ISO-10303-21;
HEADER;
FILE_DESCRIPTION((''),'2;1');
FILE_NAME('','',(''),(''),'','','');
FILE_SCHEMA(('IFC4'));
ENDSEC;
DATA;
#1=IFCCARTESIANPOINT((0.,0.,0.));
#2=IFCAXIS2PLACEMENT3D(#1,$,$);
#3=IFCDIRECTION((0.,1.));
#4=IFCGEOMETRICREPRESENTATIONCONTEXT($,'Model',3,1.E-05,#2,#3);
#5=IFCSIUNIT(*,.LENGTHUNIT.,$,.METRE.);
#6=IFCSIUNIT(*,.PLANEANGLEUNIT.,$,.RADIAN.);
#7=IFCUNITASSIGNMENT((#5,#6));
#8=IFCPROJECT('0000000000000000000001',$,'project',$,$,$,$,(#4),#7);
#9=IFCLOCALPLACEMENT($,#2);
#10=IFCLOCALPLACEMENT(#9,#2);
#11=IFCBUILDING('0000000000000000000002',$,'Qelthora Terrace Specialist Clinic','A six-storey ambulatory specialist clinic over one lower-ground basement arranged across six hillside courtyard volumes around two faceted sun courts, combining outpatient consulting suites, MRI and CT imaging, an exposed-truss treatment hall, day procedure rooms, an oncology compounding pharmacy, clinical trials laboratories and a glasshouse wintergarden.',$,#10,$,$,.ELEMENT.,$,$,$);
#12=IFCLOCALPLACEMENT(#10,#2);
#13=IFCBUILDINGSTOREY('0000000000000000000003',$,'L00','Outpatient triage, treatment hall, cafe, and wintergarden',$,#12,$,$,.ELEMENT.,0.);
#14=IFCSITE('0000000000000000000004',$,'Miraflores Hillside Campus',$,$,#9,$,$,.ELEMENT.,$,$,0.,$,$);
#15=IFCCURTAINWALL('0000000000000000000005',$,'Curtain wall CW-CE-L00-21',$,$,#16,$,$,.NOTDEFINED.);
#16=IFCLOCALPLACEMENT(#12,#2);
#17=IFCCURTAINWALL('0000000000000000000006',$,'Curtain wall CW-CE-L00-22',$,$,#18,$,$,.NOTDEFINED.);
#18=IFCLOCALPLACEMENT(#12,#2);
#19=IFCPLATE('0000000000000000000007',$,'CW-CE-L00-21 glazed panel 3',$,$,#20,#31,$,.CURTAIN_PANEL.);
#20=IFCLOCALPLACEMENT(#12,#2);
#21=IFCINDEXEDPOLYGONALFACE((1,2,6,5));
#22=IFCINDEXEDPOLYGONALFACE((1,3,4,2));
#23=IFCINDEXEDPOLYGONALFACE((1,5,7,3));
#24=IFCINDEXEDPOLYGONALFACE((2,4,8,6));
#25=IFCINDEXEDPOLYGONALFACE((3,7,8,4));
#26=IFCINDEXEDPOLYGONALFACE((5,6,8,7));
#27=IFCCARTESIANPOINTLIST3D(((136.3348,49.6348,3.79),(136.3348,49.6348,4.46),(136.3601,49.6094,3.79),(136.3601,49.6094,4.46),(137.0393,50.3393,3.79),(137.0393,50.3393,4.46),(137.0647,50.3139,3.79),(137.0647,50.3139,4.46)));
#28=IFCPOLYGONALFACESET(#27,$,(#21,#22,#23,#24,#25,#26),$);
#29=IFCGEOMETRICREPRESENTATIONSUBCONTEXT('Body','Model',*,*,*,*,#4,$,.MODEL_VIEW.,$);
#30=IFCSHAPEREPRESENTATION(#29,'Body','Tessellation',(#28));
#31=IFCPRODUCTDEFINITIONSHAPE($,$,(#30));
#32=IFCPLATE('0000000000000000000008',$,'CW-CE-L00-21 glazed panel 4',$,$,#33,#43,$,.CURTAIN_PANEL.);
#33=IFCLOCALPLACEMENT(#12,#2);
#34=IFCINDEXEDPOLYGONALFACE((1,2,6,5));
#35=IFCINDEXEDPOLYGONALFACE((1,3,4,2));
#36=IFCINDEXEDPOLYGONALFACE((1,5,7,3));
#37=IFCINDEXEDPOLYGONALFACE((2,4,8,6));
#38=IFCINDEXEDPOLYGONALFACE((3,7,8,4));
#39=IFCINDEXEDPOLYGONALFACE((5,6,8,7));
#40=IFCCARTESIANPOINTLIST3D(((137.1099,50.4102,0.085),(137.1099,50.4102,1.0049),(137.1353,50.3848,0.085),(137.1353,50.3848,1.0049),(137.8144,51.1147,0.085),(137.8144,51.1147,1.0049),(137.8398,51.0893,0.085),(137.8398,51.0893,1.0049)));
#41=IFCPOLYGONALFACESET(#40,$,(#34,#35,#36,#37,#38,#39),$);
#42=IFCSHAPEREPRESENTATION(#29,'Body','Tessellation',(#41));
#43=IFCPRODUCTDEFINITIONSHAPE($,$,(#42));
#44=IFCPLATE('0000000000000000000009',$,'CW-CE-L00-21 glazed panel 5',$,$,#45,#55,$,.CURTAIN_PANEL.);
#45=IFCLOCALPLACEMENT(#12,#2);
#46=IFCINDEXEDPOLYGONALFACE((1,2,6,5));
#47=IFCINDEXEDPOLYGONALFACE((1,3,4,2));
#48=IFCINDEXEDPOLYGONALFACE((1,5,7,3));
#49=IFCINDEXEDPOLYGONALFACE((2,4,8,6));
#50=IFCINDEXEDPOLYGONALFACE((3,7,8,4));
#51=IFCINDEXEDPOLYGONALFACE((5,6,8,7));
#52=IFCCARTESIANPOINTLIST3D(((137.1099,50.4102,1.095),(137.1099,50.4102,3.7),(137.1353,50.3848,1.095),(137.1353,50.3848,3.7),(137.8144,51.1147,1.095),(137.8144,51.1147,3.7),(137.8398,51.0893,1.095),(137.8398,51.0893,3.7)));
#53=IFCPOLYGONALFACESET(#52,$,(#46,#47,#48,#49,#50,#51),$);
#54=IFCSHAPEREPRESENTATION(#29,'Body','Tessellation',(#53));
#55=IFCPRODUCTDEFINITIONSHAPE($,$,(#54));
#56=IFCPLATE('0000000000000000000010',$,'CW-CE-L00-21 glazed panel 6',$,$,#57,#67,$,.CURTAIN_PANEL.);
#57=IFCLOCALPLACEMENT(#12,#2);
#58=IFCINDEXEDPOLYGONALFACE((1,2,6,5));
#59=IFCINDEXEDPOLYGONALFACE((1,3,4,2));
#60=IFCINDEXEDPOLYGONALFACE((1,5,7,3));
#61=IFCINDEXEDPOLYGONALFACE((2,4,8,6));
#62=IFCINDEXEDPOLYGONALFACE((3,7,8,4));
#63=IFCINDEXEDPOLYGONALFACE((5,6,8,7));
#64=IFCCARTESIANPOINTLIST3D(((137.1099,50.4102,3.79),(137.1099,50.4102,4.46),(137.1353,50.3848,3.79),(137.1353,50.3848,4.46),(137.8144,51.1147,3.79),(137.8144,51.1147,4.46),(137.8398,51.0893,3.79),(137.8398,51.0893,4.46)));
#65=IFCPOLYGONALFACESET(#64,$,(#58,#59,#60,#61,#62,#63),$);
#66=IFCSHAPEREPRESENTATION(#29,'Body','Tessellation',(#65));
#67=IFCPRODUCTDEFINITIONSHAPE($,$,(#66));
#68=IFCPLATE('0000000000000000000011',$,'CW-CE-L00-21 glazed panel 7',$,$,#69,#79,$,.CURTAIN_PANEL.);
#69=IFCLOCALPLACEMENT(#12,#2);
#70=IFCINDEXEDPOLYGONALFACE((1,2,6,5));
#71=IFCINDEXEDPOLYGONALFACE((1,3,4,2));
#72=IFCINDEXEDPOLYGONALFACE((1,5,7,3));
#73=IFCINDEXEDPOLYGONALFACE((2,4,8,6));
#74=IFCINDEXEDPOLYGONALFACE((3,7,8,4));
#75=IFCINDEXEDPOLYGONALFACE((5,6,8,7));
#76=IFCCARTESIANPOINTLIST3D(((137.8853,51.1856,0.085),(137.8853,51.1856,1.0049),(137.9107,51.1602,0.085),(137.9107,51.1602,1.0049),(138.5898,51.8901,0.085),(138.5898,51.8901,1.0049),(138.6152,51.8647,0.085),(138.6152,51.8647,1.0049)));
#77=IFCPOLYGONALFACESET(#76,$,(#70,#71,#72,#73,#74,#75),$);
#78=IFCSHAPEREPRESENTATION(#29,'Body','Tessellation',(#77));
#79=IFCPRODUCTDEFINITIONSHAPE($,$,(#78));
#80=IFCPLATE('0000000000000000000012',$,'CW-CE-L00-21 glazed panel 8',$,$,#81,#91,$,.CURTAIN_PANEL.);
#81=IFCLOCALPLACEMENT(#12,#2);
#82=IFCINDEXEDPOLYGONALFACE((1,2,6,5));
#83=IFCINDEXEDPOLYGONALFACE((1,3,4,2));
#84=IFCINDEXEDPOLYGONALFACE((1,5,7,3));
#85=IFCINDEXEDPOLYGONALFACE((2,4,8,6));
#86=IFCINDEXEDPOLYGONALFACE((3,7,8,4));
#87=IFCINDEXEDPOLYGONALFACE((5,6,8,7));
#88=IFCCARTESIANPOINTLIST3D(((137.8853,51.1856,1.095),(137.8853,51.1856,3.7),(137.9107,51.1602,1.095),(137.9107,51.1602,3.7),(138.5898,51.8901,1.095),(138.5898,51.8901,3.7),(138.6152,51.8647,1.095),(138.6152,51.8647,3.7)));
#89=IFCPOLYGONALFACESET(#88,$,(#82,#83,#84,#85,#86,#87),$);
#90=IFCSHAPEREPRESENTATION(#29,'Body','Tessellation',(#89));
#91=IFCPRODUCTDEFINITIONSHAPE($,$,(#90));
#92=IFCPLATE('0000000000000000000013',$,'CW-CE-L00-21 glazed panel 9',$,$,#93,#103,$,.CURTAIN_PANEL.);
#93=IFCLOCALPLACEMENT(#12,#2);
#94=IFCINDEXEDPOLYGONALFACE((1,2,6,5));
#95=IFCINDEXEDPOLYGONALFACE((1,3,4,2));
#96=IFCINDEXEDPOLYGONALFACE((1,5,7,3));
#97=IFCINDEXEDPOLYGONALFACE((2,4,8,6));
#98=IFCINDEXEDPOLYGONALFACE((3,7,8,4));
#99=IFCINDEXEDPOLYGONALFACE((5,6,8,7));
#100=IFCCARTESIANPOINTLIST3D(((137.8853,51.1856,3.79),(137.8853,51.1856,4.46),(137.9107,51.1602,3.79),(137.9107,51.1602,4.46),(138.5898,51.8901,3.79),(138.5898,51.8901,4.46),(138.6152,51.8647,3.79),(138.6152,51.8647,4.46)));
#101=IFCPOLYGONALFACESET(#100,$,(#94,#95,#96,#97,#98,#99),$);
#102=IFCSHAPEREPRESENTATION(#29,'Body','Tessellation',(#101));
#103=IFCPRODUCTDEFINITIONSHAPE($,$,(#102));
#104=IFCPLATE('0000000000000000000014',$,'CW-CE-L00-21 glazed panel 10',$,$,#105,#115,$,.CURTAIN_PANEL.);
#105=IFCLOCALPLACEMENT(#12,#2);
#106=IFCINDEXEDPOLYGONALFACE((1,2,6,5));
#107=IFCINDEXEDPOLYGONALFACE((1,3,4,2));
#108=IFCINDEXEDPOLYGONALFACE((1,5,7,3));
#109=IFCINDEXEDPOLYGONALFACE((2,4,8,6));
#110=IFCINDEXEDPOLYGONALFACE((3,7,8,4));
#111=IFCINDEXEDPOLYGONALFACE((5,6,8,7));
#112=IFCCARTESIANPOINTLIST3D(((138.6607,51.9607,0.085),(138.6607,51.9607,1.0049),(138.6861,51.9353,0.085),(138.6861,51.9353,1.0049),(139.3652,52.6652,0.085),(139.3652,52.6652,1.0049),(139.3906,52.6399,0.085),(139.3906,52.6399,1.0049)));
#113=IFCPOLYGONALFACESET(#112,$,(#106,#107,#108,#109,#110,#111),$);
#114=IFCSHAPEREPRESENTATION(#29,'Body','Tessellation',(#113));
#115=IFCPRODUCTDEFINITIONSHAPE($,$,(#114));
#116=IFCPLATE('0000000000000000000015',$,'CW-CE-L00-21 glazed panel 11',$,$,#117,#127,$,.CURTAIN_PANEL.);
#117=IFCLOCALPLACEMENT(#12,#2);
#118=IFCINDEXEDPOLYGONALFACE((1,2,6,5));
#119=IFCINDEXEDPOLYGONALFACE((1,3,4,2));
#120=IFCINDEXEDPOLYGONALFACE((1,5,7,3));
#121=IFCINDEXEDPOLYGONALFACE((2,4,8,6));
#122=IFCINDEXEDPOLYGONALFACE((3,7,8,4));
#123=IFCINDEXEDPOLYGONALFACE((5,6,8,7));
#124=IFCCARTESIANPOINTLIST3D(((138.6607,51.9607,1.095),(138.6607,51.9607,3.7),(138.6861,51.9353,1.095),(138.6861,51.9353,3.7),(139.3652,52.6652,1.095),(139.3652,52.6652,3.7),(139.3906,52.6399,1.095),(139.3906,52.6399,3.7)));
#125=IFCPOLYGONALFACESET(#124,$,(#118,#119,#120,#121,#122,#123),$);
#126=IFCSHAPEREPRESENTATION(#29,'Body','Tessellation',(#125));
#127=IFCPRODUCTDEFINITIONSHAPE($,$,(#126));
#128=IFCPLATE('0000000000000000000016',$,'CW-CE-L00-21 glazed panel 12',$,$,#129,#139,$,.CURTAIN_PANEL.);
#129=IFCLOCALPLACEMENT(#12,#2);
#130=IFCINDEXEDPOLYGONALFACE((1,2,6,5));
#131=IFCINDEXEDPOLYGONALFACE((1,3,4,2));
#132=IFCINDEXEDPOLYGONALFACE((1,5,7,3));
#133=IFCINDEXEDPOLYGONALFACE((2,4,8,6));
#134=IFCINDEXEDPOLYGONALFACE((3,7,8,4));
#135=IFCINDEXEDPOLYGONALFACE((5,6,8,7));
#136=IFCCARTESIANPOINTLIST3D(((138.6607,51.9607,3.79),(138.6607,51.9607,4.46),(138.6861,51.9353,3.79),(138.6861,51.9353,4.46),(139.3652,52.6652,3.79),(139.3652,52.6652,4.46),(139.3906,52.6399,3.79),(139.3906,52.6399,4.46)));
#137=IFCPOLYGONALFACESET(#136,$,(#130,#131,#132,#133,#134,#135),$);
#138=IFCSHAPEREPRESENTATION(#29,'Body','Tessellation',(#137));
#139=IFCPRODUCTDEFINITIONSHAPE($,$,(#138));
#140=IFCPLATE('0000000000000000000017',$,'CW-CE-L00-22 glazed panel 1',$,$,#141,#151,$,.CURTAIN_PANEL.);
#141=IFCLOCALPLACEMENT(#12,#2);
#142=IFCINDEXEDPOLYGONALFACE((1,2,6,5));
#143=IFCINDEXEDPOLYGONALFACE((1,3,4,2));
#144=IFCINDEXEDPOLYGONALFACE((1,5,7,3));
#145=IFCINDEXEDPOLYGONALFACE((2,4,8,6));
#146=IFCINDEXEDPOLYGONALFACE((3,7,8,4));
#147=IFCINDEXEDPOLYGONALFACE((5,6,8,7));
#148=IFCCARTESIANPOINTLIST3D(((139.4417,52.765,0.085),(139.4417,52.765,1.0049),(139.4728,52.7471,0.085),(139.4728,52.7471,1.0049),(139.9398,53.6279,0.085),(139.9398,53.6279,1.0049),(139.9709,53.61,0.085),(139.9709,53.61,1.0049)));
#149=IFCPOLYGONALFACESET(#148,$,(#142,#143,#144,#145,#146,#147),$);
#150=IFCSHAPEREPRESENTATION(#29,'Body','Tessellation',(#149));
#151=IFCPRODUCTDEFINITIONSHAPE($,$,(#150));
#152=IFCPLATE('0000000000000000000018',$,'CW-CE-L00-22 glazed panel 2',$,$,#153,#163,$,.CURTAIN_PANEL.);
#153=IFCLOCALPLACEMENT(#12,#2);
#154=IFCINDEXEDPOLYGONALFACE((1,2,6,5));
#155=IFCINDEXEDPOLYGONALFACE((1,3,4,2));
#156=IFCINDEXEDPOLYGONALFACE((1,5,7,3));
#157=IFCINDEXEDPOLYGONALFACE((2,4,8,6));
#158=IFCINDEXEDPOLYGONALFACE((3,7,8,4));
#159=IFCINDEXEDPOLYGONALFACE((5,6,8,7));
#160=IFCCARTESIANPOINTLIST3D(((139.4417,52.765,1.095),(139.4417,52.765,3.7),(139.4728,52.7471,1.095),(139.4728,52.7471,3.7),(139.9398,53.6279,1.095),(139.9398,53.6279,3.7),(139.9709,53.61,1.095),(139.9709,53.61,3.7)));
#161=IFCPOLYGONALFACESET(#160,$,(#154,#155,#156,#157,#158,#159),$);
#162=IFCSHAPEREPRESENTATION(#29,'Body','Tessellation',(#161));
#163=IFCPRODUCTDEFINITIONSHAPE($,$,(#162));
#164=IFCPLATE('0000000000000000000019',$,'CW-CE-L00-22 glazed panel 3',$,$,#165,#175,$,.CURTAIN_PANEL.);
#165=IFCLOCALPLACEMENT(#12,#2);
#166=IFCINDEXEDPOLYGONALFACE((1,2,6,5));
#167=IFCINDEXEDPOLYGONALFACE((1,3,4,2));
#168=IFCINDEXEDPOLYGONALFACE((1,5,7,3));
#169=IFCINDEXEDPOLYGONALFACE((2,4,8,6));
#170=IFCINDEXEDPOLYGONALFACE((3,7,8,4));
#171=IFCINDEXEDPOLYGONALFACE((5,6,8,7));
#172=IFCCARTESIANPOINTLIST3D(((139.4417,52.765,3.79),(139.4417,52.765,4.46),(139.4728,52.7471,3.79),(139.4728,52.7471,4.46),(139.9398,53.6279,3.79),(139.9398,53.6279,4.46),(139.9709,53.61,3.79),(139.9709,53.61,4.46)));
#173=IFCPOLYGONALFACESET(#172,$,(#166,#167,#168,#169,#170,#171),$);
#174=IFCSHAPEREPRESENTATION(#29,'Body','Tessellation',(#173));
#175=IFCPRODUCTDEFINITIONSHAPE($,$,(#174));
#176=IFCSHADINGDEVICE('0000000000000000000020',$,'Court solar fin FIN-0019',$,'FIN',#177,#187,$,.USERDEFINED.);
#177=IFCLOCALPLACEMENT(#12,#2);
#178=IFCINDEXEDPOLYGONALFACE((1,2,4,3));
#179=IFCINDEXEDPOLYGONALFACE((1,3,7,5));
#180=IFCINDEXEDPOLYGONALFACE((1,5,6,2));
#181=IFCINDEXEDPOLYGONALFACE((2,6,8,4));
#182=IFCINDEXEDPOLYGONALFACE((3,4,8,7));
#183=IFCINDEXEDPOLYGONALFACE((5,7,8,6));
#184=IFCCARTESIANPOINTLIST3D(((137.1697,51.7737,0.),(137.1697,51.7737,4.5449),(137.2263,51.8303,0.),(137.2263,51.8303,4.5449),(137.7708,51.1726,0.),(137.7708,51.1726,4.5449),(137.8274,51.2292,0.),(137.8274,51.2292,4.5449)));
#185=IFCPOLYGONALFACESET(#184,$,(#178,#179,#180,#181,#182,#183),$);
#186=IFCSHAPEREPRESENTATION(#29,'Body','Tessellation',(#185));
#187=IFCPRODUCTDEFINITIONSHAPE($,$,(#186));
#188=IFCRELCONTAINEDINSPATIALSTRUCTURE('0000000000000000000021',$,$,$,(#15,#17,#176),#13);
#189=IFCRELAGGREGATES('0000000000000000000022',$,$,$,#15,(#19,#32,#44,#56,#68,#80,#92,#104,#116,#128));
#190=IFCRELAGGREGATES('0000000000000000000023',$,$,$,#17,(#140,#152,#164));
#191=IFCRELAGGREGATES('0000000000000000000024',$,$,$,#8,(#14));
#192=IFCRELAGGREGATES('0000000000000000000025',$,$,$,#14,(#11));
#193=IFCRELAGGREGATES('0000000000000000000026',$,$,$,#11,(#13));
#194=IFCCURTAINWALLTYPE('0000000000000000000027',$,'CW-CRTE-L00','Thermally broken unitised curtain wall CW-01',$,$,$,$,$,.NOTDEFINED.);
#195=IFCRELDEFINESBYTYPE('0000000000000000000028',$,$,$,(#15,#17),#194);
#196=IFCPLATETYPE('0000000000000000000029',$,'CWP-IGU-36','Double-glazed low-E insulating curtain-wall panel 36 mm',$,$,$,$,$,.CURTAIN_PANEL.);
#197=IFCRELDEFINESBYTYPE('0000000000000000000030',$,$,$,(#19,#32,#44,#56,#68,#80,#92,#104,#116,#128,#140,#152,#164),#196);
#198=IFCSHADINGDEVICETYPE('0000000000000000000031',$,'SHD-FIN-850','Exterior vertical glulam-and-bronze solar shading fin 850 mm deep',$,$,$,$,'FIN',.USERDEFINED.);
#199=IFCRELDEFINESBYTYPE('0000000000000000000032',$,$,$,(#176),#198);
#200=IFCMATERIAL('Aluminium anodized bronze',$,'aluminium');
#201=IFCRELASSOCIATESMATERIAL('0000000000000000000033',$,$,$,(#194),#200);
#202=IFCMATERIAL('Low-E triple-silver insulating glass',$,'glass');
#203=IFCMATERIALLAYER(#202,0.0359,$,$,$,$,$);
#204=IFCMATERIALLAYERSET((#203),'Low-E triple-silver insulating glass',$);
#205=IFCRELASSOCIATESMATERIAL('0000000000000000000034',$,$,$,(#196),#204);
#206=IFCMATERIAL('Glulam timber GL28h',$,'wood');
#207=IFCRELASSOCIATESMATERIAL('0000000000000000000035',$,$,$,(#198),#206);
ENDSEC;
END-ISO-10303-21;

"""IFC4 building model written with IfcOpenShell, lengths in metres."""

from ifc_helpers import new_model, si_unit, direction, frame, origin, origin_2d, place, context, subcontext, project, spatial, rectangle, extrude, material, layer, layer_set, type_object, element, aggregate, save


model = new_model("IFC4")

# Units and contexts
model_context = context("Model", 3, precision=1e-05, world=origin(), true_north=direction((0.0, 1.0)))
body_context = subcontext(model_context, "Body", "Model", "MODEL_VIEW")
ifc_project = project(units=[si_unit("LENGTHUNIT", "METRE"), si_unit("PLANEANGLEUNIT", "RADIAN")], contexts=[model_context])

# Site, building, storey
site_placement = place(None, origin())
site = spatial("IfcSite", under=ifc_project, at=site_placement, Name="Miraflores Hillside Campus", CompositionType="ELEMENT", RefElevation=0.0)
building_placement = place(site_placement, origin())
building = spatial("IfcBuilding", under=site, at=building_placement, Name="Qelthora Terrace Specialist Clinic", Description="A six-storey ambulatory specialist clinic over one lower-ground basement arranged across six hillside courtyard volumes around two faceted sun courts, combining outpatient consulting suites, MRI and CT imaging, an exposed-truss treatment hall, day procedure rooms, an oncology compounding pharmacy, clinical trials laboratories and a glasshouse wintergarden.", CompositionType="ELEMENT")
storey_placement = place(building_placement, origin())
storey = spatial("IfcBuildingStorey", under=building, at=storey_placement, Name="L00", Description="Outpatient triage, treatment hall, cafe, and wintergarden", CompositionType="ELEMENT", Elevation=0.0)

# Curtain walls
ifc_material_1 = material(Name="Aluminium anodized bronze", Category="aluminium")
curtain_wall_type = type_object("IfcCurtainWallType", Name="CW-CRTE-L00", Description="Thermally broken unitised curtain wall CW-01", PredefinedType="NOTDEFINED", material=ifc_material_1)
curtain_wall_1_placement = place(storey_placement, origin())
curtain_wall_1 = element("IfcCurtainWall", 1, at=curtain_wall_1_placement, inside=storey, type_object=curtain_wall_type, Name="Curtain wall CW-CE-L00-21", PredefinedType="NOTDEFINED")
curtain_wall_2_placement = place(storey_placement, origin())
curtain_wall_2 = element("IfcCurtainWall", 2, at=curtain_wall_2_placement, inside=storey, type_object=curtain_wall_type, Name="Curtain wall CW-CE-L00-22", PredefinedType="NOTDEFINED")

# Plates
ifc_material_2 = material(Name="Low-E triple-silver insulating glass", Category="glass")
ifc_layer = layer(ifc_material_2, 0.0359)
ifc_layer_set = layer_set([ifc_layer], Name="Low-E triple-silver insulating glass")
plate_type = type_object("IfcPlateType", Name="CWP-IGU-36", Description="Double-glazed low-E insulating curtain-wall panel 36 mm", PredefinedType="CURTAIN_PANEL", material=ifc_layer_set)
plate_1_placement = place(storey_placement, frame((136.6997, 49.9744, 3.79), z_axis=(0.0, 0.0, 1.0), x_axis=(0.707107, 0.707107, 0.0)))
plate_1 = element("IfcPlate", 3, at=plate_1_placement, type_object=plate_type, Name="CW-CE-L00-21 glazed panel 3", PredefinedType="CURTAIN_PANEL", context=body_context, shape_type="SweptSolid", body=[
    extrude(rectangle(XDim=0.9963, YDim=0.0359, at=origin_2d()), origin(), (0.0, 0.0, 1.0), 0.6699),
])
plate_2_placement = place(storey_placement, frame((137.4749, 50.7498, 0.085), z_axis=(0.0, 0.0, 1.0), x_axis=(0.707107, 0.707107, 0.0)))
plate_2 = element("IfcPlate", 4, at=plate_2_placement, type_object=plate_type, Name="CW-CE-L00-21 glazed panel 4", PredefinedType="CURTAIN_PANEL", context=body_context, shape_type="SweptSolid", body=[
    extrude(rectangle(XDim=0.9963, YDim=0.0359, at=origin_2d()), origin(), (0.0, 0.0, 1.0), 0.9199),
])
plate_3_placement = place(storey_placement, frame((137.4749, 50.7498, 1.095), z_axis=(0.0, 0.0, 1.0), x_axis=(0.707107, 0.707107, 0.0)))
plate_3 = element("IfcPlate", 5, at=plate_3_placement, type_object=plate_type, Name="CW-CE-L00-21 glazed panel 5", PredefinedType="CURTAIN_PANEL", context=body_context, shape_type="SweptSolid", body=[
    extrude(rectangle(XDim=0.9963, YDim=0.0359, at=origin_2d()), origin(), (0.0, 0.0, 1.0), 2.605),
])
plate_4_placement = place(storey_placement, frame((137.4749, 50.7498, 3.79), z_axis=(0.0, 0.0, 1.0), x_axis=(0.707107, 0.707107, 0.0)))
plate_4 = element("IfcPlate", 6, at=plate_4_placement, type_object=plate_type, Name="CW-CE-L00-21 glazed panel 6", PredefinedType="CURTAIN_PANEL", context=body_context, shape_type="SweptSolid", body=[
    extrude(rectangle(XDim=0.9963, YDim=0.0359, at=origin_2d()), origin(), (0.0, 0.0, 1.0), 0.6699),
])
plate_5_placement = place(storey_placement, frame((138.2502, 51.5251, 0.085), z_axis=(0.0, 0.0, 1.0), x_axis=(0.707107, 0.707107, 0.0)))
plate_5 = element("IfcPlate", 7, at=plate_5_placement, type_object=plate_type, Name="CW-CE-L00-21 glazed panel 7", PredefinedType="CURTAIN_PANEL", context=body_context, shape_type="SweptSolid", body=[
    extrude(rectangle(XDim=0.9963, YDim=0.0359, at=origin_2d()), origin(), (0.0, 0.0, 1.0), 0.9199),
])
plate_6_placement = place(storey_placement, frame((138.2502, 51.5251, 1.095), z_axis=(0.0, 0.0, 1.0), x_axis=(0.707107, 0.707107, 0.0)))
plate_6 = element("IfcPlate", 8, at=plate_6_placement, type_object=plate_type, Name="CW-CE-L00-21 glazed panel 8", PredefinedType="CURTAIN_PANEL", context=body_context, shape_type="SweptSolid", body=[
    extrude(rectangle(XDim=0.9963, YDim=0.0359, at=origin_2d()), origin(), (0.0, 0.0, 1.0), 2.605),
])
plate_7_placement = place(storey_placement, frame((138.2502, 51.5251, 3.79), z_axis=(0.0, 0.0, 1.0), x_axis=(0.707107, 0.707107, 0.0)))
plate_7 = element("IfcPlate", 9, at=plate_7_placement, type_object=plate_type, Name="CW-CE-L00-21 glazed panel 9", PredefinedType="CURTAIN_PANEL", context=body_context, shape_type="SweptSolid", body=[
    extrude(rectangle(XDim=0.9963, YDim=0.0359, at=origin_2d()), origin(), (0.0, 0.0, 1.0), 0.6699),
])
plate_8_placement = place(storey_placement, frame((139.0256, 52.3003, 0.085), z_axis=(0.0, 0.0, 1.0), x_axis=(0.707107, 0.707107, 0.0)))
plate_8 = element("IfcPlate", 10, at=plate_8_placement, type_object=plate_type, Name="CW-CE-L00-21 glazed panel 10", PredefinedType="CURTAIN_PANEL", context=body_context, shape_type="SweptSolid", body=[
    extrude(rectangle(XDim=0.9963, YDim=0.0359, at=origin_2d()), origin(), (0.0, 0.0, 1.0), 0.9199),
])
plate_9_placement = place(storey_placement, frame((139.0256, 52.3003, 1.095), z_axis=(0.0, 0.0, 1.0), x_axis=(0.707107, 0.707107, 0.0)))
plate_9 = element("IfcPlate", 11, at=plate_9_placement, type_object=plate_type, Name="CW-CE-L00-21 glazed panel 11", PredefinedType="CURTAIN_PANEL", context=body_context, shape_type="SweptSolid", body=[
    extrude(rectangle(XDim=0.9963, YDim=0.0359, at=origin_2d()), origin(), (0.0, 0.0, 1.0), 2.605),
])
plate_10_placement = place(storey_placement, frame((139.0256, 52.3003, 3.79), z_axis=(0.0, 0.0, 1.0), x_axis=(0.707107, 0.707107, 0.0)))
plate_10 = element("IfcPlate", 12, at=plate_10_placement, type_object=plate_type, Name="CW-CE-L00-21 glazed panel 12", PredefinedType="CURTAIN_PANEL", context=body_context, shape_type="SweptSolid", body=[
    extrude(rectangle(XDim=0.9963, YDim=0.0359, at=origin_2d()), origin(), (0.0, 0.0, 1.0), 0.6699),
])
aggregate(curtain_wall_1, [plate_1, plate_2, plate_3, plate_4, plate_5, plate_6, plate_7, plate_8, plate_9, plate_10])
plate_11_placement = place(storey_placement, frame((139.7063, 53.1875, 0.085), z_axis=(0.0, 0.0, 1.0), x_axis=(0.5, 0.866025, 0.0)))
plate_11 = element("IfcPlate", 13, at=plate_11_placement, type_object=plate_type, Name="CW-CE-L00-22 glazed panel 1", PredefinedType="CURTAIN_PANEL", context=body_context, shape_type="SweptSolid", body=[
    extrude(rectangle(XDim=0.9963, YDim=0.0359, at=origin_2d()), origin(), (0.0, 0.0, 1.0), 0.9199),
])
plate_12_placement = place(storey_placement, frame((139.7063, 53.1875, 1.095), z_axis=(0.0, 0.0, 1.0), x_axis=(0.5, 0.866025, 0.0)))
plate_12 = element("IfcPlate", 14, at=plate_12_placement, type_object=plate_type, Name="CW-CE-L00-22 glazed panel 2", PredefinedType="CURTAIN_PANEL", context=body_context, shape_type="SweptSolid", body=[
    extrude(rectangle(XDim=0.9963, YDim=0.0359, at=origin_2d()), origin(), (0.0, 0.0, 1.0), 2.605),
])
plate_13_placement = place(storey_placement, frame((139.7063, 53.1875, 3.79), z_axis=(0.0, 0.0, 1.0), x_axis=(0.5, 0.866025, 0.0)))
plate_13 = element("IfcPlate", 15, at=plate_13_placement, type_object=plate_type, Name="CW-CE-L00-22 glazed panel 3", PredefinedType="CURTAIN_PANEL", context=body_context, shape_type="SweptSolid", body=[
    extrude(rectangle(XDim=0.9963, YDim=0.0359, at=origin_2d()), origin(), (0.0, 0.0, 1.0), 0.6699),
])
aggregate(curtain_wall_2, [plate_11, plate_12, plate_13])

# Shading device
ifc_material_3 = material(Name="Glulam timber GL28h", Category="wood")
shading_device_type = type_object("IfcShadingDeviceType", Name="SHD-FIN-850", Description="Exterior vertical glulam-and-bronze solar shading fin 850 mm deep", ElementType="FIN", PredefinedType="USERDEFINED", material=ifc_material_3)
shading_device_placement = place(storey_placement, frame((137.4985, 51.5015, 0.0), z_axis=(0.0, 0.0, 1.0), x_axis=(-0.707107, 0.707107, 0.0)))
element("IfcShadingDevice", 16, at=shading_device_placement, inside=storey, type_object=shading_device_type, Name="Court solar fin FIN-0019", ObjectType="FIN", PredefinedType="USERDEFINED", context=body_context, shape_type="SweptSolid", body=[
    extrude(rectangle(XDim=0.8501, YDim=0.0801, at=origin_2d()), origin(), (0.0, 0.0, 1.0), 4.5449),
])

save(model, "model.ifc")
